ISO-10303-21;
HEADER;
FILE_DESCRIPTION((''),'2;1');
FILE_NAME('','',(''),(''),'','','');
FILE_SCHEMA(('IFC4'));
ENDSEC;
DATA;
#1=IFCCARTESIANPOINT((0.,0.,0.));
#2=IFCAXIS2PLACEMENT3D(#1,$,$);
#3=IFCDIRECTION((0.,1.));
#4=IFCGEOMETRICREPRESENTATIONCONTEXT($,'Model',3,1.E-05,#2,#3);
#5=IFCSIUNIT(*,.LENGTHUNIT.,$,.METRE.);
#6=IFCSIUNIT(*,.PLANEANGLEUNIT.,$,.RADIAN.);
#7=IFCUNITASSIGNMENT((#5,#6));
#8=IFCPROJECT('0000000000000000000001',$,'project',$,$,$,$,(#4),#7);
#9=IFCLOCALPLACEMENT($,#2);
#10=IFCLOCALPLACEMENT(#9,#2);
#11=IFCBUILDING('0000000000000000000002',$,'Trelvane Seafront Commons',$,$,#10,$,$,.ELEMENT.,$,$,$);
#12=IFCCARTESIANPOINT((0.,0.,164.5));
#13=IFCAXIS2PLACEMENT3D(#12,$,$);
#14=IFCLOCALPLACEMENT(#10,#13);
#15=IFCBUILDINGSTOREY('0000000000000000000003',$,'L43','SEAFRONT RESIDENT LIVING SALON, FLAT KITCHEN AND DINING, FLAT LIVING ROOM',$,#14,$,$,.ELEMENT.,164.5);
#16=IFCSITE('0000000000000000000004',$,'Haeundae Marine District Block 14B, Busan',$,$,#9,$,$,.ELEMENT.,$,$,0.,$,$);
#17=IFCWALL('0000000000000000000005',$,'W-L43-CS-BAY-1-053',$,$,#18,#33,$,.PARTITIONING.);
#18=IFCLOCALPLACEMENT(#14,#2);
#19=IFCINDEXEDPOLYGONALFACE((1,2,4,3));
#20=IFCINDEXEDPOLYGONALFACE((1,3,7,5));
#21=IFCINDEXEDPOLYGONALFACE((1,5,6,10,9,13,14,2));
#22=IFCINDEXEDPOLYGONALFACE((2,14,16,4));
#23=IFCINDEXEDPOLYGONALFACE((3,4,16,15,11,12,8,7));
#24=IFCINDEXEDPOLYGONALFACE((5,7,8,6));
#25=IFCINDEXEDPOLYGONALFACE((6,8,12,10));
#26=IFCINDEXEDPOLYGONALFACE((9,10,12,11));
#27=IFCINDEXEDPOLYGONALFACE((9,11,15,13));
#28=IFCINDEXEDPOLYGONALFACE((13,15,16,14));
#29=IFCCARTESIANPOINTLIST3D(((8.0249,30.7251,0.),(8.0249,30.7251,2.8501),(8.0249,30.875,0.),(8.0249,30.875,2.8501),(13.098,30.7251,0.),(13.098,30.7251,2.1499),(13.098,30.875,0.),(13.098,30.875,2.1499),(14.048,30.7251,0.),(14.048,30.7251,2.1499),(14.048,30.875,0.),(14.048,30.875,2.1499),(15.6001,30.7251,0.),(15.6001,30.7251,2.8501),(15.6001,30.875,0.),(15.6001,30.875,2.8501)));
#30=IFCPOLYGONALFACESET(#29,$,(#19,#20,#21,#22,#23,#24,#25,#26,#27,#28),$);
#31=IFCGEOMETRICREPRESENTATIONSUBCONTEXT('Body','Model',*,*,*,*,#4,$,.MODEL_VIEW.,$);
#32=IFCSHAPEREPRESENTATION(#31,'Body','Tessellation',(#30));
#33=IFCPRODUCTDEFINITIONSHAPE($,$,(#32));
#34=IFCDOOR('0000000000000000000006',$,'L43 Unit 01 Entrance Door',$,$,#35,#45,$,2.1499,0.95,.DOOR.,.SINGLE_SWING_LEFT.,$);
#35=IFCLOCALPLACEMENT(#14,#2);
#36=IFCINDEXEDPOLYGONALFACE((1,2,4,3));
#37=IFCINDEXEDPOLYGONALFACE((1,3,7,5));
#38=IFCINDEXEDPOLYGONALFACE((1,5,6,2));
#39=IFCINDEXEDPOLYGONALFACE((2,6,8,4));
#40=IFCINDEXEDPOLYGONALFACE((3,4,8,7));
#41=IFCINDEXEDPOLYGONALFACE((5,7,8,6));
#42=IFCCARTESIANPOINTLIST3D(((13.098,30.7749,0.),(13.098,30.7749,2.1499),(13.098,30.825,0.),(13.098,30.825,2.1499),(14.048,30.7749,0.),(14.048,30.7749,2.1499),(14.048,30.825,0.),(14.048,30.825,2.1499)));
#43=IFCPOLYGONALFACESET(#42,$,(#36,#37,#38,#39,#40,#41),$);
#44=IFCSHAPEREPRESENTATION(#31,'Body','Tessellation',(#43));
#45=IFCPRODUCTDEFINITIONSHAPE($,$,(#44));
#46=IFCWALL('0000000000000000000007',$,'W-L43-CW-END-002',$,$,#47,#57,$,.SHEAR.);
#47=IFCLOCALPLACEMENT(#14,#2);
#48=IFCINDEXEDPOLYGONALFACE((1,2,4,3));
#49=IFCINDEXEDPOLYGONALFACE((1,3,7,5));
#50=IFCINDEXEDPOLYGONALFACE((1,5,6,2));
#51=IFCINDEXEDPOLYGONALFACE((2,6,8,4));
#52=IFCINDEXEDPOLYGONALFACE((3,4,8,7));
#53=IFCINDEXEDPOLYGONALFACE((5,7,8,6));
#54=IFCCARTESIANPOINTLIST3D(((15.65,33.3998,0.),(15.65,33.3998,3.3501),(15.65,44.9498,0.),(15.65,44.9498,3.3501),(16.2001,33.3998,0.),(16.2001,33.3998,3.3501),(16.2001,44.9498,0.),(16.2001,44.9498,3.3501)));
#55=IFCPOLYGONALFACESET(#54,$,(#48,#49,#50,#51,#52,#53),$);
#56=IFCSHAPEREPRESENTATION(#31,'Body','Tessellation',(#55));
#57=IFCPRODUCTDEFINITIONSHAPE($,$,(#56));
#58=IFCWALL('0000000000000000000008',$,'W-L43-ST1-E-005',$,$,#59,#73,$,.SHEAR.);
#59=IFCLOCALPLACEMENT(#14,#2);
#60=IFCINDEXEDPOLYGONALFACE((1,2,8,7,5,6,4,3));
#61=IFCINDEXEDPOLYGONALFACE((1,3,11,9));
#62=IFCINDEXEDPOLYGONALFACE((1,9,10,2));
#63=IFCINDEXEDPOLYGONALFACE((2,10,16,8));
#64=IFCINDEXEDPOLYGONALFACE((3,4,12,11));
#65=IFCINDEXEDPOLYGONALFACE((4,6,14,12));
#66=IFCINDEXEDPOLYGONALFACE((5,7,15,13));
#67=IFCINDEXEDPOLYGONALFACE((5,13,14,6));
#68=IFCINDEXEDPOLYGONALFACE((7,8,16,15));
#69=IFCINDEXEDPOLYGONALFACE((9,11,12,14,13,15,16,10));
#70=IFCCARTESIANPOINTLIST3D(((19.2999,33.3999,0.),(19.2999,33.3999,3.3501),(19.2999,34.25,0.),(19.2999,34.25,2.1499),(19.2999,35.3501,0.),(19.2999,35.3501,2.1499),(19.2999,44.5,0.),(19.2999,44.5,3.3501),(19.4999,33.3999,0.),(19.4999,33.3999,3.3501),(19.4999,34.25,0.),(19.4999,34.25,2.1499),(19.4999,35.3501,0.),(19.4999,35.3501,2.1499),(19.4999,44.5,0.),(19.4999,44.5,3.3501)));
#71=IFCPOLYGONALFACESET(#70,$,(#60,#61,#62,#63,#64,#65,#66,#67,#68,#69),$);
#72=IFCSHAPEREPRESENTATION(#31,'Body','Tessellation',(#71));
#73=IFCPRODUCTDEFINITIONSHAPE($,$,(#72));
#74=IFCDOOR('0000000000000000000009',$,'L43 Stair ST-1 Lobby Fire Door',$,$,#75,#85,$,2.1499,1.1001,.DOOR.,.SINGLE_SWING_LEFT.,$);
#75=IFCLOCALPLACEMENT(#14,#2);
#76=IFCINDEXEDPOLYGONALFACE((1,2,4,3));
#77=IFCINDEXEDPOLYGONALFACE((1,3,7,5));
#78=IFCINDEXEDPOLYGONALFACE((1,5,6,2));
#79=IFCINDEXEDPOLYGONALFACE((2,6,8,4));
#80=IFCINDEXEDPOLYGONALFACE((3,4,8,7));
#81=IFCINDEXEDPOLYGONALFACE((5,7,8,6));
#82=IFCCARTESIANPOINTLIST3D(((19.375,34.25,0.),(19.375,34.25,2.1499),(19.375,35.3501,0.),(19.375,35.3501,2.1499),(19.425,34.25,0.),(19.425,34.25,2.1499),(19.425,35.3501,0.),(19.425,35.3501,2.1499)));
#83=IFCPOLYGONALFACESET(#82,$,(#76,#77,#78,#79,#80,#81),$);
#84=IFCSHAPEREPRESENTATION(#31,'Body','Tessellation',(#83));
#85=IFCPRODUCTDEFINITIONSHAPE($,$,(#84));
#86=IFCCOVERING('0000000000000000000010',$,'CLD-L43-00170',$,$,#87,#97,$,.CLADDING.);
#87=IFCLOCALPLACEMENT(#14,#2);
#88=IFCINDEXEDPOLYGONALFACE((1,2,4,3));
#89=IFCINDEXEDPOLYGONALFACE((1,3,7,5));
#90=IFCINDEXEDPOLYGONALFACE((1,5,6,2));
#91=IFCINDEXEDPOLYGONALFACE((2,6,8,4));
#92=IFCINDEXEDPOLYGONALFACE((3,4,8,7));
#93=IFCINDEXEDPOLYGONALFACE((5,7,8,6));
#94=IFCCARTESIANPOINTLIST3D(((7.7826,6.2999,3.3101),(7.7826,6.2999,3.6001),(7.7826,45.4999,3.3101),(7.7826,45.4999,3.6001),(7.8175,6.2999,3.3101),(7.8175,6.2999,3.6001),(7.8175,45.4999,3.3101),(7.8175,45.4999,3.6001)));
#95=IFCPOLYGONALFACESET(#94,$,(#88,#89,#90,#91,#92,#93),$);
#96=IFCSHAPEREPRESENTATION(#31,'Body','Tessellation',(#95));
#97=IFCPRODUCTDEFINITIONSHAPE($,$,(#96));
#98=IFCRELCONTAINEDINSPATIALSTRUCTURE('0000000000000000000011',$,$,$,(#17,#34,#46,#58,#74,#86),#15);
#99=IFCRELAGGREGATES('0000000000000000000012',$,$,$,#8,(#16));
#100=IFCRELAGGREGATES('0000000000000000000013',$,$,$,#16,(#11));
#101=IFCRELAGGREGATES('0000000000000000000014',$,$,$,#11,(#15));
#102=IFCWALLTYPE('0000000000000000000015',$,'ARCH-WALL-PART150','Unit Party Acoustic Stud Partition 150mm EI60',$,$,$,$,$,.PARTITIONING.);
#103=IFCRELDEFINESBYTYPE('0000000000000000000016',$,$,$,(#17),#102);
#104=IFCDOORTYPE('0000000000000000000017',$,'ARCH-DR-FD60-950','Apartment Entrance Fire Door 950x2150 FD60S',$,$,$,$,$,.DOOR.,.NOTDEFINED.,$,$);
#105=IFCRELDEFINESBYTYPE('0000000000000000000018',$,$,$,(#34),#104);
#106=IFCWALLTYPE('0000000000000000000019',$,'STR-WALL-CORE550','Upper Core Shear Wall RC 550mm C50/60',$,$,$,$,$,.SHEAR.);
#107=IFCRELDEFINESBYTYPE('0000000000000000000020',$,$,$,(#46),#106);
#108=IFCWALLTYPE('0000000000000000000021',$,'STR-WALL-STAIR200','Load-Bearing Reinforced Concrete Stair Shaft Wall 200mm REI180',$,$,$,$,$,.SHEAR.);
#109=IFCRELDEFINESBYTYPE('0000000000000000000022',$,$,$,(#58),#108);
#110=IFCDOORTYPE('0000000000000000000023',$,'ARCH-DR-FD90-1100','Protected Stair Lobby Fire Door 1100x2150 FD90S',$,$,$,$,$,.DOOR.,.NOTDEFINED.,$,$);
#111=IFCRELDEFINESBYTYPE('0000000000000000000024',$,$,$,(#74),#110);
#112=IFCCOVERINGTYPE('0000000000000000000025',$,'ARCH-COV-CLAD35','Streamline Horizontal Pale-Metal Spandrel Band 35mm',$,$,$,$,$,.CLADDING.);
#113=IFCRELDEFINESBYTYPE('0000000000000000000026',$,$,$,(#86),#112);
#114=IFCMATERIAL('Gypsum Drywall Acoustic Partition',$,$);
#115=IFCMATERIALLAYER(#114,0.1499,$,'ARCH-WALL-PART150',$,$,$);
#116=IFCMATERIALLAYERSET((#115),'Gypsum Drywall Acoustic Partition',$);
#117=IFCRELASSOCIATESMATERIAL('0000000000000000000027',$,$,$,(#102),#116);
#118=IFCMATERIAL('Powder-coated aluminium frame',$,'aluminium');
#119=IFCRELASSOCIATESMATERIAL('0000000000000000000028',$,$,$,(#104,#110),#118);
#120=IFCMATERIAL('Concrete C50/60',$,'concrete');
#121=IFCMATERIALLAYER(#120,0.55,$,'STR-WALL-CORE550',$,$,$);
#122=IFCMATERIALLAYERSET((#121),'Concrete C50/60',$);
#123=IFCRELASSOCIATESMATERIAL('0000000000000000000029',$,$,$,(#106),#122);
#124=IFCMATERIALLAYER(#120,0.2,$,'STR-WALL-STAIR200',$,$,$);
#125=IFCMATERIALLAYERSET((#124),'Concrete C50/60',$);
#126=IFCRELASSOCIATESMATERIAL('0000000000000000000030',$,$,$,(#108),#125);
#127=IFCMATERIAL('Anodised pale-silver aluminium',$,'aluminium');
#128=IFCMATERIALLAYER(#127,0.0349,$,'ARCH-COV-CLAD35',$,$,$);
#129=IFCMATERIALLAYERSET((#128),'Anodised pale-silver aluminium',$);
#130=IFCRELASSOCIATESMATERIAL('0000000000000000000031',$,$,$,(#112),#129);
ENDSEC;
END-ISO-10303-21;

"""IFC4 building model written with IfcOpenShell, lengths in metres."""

from ifc_helpers import new_model, si_unit, direction, frame, frame_2d, origin, origin_2d, place, context, subcontext, project, spatial, rectangle, extrude, source, transform, mapped, material, layer, layer_set, type_object, element, fill, save


model = new_model("IFC4")

# Units and contexts
model_context = context("Model", 3, precision=1e-05, world=origin(), true_north=direction((0.0, 1.0)))
body_context = subcontext(model_context, "Body", "Model", "MODEL_VIEW")
ifc_project = project(units=[si_unit("LENGTHUNIT", "METRE"), si_unit("PLANEANGLEUNIT", "RADIAN")], contexts=[model_context])

# Site, building, storey
site_placement = place(None, origin())
site = spatial("IfcSite", under=ifc_project, at=site_placement, Name="Haeundae Marine District Block 14B, Busan", CompositionType="ELEMENT", RefElevation=0.0)
building_placement = place(site_placement, origin())
building = spatial("IfcBuilding", under=site, at=building_placement, Name="Trelvane Seafront Commons", CompositionType="ELEMENT")
storey_placement = place(building_placement, frame((0.0, 0.0, 164.5)))
storey = spatial("IfcBuildingStorey", under=building, at=storey_placement, Name="L43", Description="SEAFRONT RESIDENT LIVING SALON, FLAT KITCHEN AND DINING, FLAT LIVING ROOM", CompositionType="ELEMENT", Elevation=164.5)

# Shared definitions
ifc_material_1 = material(Name="Concrete C50/60", Category="concrete")

# Shared definitions
ifc_material_2 = material(Name="Gypsum Drywall Acoustic Partition")

# Wall, opening, door
shared_shape_1 = source(origin(), body_context, "Body", "SweptSolid", [
    extrude(rectangle(XDim=0.95, YDim=2.1499, at=frame_2d((0.4751, 1.075))), frame((0.0, 0.0249, 0.0), z_axis=(0.0, -1.0, 0.0), x_axis=(1.0, 0.0, 0.0)), (0.0, 0.0, 1.0), 0.05),
])
ifc_layer_1 = layer(ifc_material_2, 0.1499, Name="ARCH-WALL-PART150")
ifc_layer_set_1 = layer_set([ifc_layer_1], Name="Gypsum Drywall Acoustic Partition")
wall_type_1 = type_object("IfcWallType", Name="ARCH-WALL-PART150", Description="Unit Party Acoustic Stud Partition 150mm EI60", PredefinedType="PARTITIONING", material=ifc_layer_set_1)
ifc_material_3 = material(Name="Powder-coated aluminium frame", Category="aluminium")
door_type_1 = type_object("IfcDoorType", Name="ARCH-DR-FD60-950", Description="Apartment Entrance Fire Door 950x2150 FD60S", OperationType="NOTDEFINED", PredefinedType="DOOR", material=ifc_material_3)
wall_1_placement = place(storey_placement, frame((8.0249, 30.8, 0.0), z_axis=(0.0, 0.0, 1.0), x_axis=(1.0, 0.0, 0.0)))
wall_1 = element("IfcWall", 1, at=wall_1_placement, inside=storey, type_object=wall_type_1, Name="W-L43-CS-BAY-1-053", PredefinedType="PARTITIONING", context=body_context, shape_type="SweptSolid", body=[
    extrude(rectangle(XDim=7.5752, YDim=0.1499, at=frame_2d((3.7876, 0.0))), origin(), (0.0, 0.0, 1.0), 2.8501),
])
opening_1_placement = place(wall_1_placement, frame((5.073, 0.0, 0.0)))
opening_1 = element("IfcOpeningElement", 2, at=opening_1_placement, cuts=wall_1, PredefinedType="OPENING", context=body_context, shape_type="SweptSolid", body=[
    extrude(rectangle(XDim=0.95, YDim=2.1499, at=frame_2d((0.4751, 1.075))), frame((0.0, 0.085, 0.0), z_axis=(0.0, -1.0, 0.0), x_axis=(1.0, 0.0, 0.0)), (0.0, 0.0, 1.0), 0.1699),
])
door_1_placement = place(opening_1_placement, origin())
door_1 = element("IfcDoor", 3, at=door_1_placement, inside=storey, type_object=door_type_1, Name="L43 Unit 01 Entrance Door", OperationType="SINGLE_SWING_LEFT", OverallHeight=2.1499, OverallWidth=0.95, PredefinedType="DOOR", context=body_context, shape_type="MappedRepresentation", body=[
    mapped(shared_shape_1, transform((0.0, 0.0, 0.0), x_axis=(1.0, 0.0, 0.0), y_axis=(0.0, 1.0, 0.0), z_axis=(0.0, 0.0, 1.0), scale=1.0)),
])
fill(opening_1, door_1)

# Wall
ifc_layer_2 = layer(ifc_material_1, 0.55, Name="STR-WALL-CORE550")
ifc_layer_set_2 = layer_set([ifc_layer_2], Name="Concrete C50/60")
wall_type_2 = type_object("IfcWallType", Name="STR-WALL-CORE550", Description="Upper Core Shear Wall RC 550mm C50/60", PredefinedType="SHEAR", material=ifc_layer_set_2)
wall_2_placement = place(storey_placement, frame((15.925, 33.3999, 0.0), z_axis=(0.0, 0.0, 1.0), x_axis=(0.0, 1.0, 0.0)))
element("IfcWall", 4, at=wall_2_placement, inside=storey, type_object=wall_type_2, Name="W-L43-CW-END-002", PredefinedType="SHEAR", context=body_context, shape_type="SweptSolid", body=[
    extrude(rectangle(XDim=11.55, YDim=0.55, at=frame_2d((5.7749, 0.0))), origin(), (0.0, 0.0, 1.0), 3.3501),
])

# Wall, opening, door
ifc_layer_3 = layer(ifc_material_1, 0.2, Name="STR-WALL-STAIR200")
ifc_layer_set_3 = layer_set([ifc_layer_3], Name="Concrete C50/60")
wall_type_3 = type_object("IfcWallType", Name="STR-WALL-STAIR200", Description="Load-Bearing Reinforced Concrete Stair Shaft Wall 200mm REI180", PredefinedType="SHEAR", material=ifc_layer_set_3)
wall_3_placement = place(storey_placement, frame((19.3999, 33.3999, 0.0), z_axis=(0.0, 0.0, 1.0), x_axis=(0.0, 1.0, 0.0)))
wall_3 = element("IfcWall", 5, at=wall_3_placement, inside=storey, type_object=wall_type_3, Name="W-L43-ST1-E-005", PredefinedType="SHEAR", context=body_context, shape_type="SweptSolid", body=[
    extrude(rectangle(XDim=11.1001, YDim=0.2, at=frame_2d((5.55, 0.0))), origin(), (0.0, 0.0, 1.0), 3.3501),
])
opening_2_placement = place(wall_3_placement, frame((0.8501, 0.0, 0.0)))
opening_2 = element("IfcOpeningElement", 6, at=opening_2_placement, cuts=wall_3, PredefinedType="OPENING", context=body_context, shape_type="SweptSolid", body=[
    extrude(rectangle(XDim=1.1001, YDim=2.1499, at=frame_2d((0.55, 1.075))), frame((0.0, 0.1099, 0.0), z_axis=(0.0, -1.0, 0.0), x_axis=(1.0, 0.0, 0.0)), (0.0, 0.0, 1.0), 0.22),
])
door_type_2 = type_object("IfcDoorType", Name="ARCH-DR-FD90-1100", Description="Protected Stair Lobby Fire Door 1100x2150 FD90S", OperationType="NOTDEFINED", PredefinedType="DOOR", material=ifc_material_3)
shared_shape_2 = source(origin(), body_context, "Body", "SweptSolid", [
    extrude(rectangle(XDim=1.1001, YDim=2.1499, at=frame_2d((0.55, 1.075))), frame((0.0, 0.0249, 0.0), z_axis=(0.0, -1.0, 0.0), x_axis=(1.0, 0.0, 0.0)), (0.0, 0.0, 1.0), 0.05),
])
door_2_placement = place(opening_2_placement, origin())
door_2 = element("IfcDoor", 7, at=door_2_placement, inside=storey, type_object=door_type_2, Name="L43 Stair ST-1 Lobby Fire Door", OperationType="SINGLE_SWING_LEFT", OverallHeight=2.1499, OverallWidth=1.1001, PredefinedType="DOOR", context=body_context, shape_type="MappedRepresentation", body=[
    mapped(shared_shape_2, transform((0.0, 0.0, 0.0), x_axis=(1.0, 0.0, 0.0), y_axis=(0.0, 1.0, 0.0), z_axis=(0.0, 0.0, 1.0), scale=1.0)),
])
fill(opening_2, door_2)

# Covering
ifc_material_4 = material(Name="Anodised pale-silver aluminium", Category="aluminium")
ifc_layer_4 = layer(ifc_material_4, 0.0349, Name="ARCH-COV-CLAD35")
ifc_layer_set_4 = layer_set([ifc_layer_4], Name="Anodised pale-silver aluminium")
covering_type = type_object("IfcCoveringType", Name="ARCH-COV-CLAD35", Description="Streamline Horizontal Pale-Metal Spandrel Band 35mm", PredefinedType="CLADDING", material=ifc_layer_set_4)
shared_shape_3 = source(origin(), body_context, "Body", "SweptSolid", [
    extrude(rectangle(XDim=39.2, YDim=0.0349, at=origin_2d()), origin(), (0.0, 0.0, 1.0), 0.29),
])
covering_placement = place(storey_placement, frame((7.8, 25.8999, 3.3101), z_axis=(0.0, 0.0, 1.0), x_axis=(0.0, 1.0, 0.0)))
element("IfcCovering", 8, at=covering_placement, inside=storey, type_object=covering_type, Name="CLD-L43-00170", PredefinedType="CLADDING", context=body_context, shape_type="MappedRepresentation", body=[
    mapped(shared_shape_3, transform((0.0, 0.0, 0.0), x_axis=(1.0, 0.0, 0.0), y_axis=(0.0, 1.0, 0.0), z_axis=(0.0, 0.0, 1.0), scale=1.0)),
])

save(model, "model.ifc")
